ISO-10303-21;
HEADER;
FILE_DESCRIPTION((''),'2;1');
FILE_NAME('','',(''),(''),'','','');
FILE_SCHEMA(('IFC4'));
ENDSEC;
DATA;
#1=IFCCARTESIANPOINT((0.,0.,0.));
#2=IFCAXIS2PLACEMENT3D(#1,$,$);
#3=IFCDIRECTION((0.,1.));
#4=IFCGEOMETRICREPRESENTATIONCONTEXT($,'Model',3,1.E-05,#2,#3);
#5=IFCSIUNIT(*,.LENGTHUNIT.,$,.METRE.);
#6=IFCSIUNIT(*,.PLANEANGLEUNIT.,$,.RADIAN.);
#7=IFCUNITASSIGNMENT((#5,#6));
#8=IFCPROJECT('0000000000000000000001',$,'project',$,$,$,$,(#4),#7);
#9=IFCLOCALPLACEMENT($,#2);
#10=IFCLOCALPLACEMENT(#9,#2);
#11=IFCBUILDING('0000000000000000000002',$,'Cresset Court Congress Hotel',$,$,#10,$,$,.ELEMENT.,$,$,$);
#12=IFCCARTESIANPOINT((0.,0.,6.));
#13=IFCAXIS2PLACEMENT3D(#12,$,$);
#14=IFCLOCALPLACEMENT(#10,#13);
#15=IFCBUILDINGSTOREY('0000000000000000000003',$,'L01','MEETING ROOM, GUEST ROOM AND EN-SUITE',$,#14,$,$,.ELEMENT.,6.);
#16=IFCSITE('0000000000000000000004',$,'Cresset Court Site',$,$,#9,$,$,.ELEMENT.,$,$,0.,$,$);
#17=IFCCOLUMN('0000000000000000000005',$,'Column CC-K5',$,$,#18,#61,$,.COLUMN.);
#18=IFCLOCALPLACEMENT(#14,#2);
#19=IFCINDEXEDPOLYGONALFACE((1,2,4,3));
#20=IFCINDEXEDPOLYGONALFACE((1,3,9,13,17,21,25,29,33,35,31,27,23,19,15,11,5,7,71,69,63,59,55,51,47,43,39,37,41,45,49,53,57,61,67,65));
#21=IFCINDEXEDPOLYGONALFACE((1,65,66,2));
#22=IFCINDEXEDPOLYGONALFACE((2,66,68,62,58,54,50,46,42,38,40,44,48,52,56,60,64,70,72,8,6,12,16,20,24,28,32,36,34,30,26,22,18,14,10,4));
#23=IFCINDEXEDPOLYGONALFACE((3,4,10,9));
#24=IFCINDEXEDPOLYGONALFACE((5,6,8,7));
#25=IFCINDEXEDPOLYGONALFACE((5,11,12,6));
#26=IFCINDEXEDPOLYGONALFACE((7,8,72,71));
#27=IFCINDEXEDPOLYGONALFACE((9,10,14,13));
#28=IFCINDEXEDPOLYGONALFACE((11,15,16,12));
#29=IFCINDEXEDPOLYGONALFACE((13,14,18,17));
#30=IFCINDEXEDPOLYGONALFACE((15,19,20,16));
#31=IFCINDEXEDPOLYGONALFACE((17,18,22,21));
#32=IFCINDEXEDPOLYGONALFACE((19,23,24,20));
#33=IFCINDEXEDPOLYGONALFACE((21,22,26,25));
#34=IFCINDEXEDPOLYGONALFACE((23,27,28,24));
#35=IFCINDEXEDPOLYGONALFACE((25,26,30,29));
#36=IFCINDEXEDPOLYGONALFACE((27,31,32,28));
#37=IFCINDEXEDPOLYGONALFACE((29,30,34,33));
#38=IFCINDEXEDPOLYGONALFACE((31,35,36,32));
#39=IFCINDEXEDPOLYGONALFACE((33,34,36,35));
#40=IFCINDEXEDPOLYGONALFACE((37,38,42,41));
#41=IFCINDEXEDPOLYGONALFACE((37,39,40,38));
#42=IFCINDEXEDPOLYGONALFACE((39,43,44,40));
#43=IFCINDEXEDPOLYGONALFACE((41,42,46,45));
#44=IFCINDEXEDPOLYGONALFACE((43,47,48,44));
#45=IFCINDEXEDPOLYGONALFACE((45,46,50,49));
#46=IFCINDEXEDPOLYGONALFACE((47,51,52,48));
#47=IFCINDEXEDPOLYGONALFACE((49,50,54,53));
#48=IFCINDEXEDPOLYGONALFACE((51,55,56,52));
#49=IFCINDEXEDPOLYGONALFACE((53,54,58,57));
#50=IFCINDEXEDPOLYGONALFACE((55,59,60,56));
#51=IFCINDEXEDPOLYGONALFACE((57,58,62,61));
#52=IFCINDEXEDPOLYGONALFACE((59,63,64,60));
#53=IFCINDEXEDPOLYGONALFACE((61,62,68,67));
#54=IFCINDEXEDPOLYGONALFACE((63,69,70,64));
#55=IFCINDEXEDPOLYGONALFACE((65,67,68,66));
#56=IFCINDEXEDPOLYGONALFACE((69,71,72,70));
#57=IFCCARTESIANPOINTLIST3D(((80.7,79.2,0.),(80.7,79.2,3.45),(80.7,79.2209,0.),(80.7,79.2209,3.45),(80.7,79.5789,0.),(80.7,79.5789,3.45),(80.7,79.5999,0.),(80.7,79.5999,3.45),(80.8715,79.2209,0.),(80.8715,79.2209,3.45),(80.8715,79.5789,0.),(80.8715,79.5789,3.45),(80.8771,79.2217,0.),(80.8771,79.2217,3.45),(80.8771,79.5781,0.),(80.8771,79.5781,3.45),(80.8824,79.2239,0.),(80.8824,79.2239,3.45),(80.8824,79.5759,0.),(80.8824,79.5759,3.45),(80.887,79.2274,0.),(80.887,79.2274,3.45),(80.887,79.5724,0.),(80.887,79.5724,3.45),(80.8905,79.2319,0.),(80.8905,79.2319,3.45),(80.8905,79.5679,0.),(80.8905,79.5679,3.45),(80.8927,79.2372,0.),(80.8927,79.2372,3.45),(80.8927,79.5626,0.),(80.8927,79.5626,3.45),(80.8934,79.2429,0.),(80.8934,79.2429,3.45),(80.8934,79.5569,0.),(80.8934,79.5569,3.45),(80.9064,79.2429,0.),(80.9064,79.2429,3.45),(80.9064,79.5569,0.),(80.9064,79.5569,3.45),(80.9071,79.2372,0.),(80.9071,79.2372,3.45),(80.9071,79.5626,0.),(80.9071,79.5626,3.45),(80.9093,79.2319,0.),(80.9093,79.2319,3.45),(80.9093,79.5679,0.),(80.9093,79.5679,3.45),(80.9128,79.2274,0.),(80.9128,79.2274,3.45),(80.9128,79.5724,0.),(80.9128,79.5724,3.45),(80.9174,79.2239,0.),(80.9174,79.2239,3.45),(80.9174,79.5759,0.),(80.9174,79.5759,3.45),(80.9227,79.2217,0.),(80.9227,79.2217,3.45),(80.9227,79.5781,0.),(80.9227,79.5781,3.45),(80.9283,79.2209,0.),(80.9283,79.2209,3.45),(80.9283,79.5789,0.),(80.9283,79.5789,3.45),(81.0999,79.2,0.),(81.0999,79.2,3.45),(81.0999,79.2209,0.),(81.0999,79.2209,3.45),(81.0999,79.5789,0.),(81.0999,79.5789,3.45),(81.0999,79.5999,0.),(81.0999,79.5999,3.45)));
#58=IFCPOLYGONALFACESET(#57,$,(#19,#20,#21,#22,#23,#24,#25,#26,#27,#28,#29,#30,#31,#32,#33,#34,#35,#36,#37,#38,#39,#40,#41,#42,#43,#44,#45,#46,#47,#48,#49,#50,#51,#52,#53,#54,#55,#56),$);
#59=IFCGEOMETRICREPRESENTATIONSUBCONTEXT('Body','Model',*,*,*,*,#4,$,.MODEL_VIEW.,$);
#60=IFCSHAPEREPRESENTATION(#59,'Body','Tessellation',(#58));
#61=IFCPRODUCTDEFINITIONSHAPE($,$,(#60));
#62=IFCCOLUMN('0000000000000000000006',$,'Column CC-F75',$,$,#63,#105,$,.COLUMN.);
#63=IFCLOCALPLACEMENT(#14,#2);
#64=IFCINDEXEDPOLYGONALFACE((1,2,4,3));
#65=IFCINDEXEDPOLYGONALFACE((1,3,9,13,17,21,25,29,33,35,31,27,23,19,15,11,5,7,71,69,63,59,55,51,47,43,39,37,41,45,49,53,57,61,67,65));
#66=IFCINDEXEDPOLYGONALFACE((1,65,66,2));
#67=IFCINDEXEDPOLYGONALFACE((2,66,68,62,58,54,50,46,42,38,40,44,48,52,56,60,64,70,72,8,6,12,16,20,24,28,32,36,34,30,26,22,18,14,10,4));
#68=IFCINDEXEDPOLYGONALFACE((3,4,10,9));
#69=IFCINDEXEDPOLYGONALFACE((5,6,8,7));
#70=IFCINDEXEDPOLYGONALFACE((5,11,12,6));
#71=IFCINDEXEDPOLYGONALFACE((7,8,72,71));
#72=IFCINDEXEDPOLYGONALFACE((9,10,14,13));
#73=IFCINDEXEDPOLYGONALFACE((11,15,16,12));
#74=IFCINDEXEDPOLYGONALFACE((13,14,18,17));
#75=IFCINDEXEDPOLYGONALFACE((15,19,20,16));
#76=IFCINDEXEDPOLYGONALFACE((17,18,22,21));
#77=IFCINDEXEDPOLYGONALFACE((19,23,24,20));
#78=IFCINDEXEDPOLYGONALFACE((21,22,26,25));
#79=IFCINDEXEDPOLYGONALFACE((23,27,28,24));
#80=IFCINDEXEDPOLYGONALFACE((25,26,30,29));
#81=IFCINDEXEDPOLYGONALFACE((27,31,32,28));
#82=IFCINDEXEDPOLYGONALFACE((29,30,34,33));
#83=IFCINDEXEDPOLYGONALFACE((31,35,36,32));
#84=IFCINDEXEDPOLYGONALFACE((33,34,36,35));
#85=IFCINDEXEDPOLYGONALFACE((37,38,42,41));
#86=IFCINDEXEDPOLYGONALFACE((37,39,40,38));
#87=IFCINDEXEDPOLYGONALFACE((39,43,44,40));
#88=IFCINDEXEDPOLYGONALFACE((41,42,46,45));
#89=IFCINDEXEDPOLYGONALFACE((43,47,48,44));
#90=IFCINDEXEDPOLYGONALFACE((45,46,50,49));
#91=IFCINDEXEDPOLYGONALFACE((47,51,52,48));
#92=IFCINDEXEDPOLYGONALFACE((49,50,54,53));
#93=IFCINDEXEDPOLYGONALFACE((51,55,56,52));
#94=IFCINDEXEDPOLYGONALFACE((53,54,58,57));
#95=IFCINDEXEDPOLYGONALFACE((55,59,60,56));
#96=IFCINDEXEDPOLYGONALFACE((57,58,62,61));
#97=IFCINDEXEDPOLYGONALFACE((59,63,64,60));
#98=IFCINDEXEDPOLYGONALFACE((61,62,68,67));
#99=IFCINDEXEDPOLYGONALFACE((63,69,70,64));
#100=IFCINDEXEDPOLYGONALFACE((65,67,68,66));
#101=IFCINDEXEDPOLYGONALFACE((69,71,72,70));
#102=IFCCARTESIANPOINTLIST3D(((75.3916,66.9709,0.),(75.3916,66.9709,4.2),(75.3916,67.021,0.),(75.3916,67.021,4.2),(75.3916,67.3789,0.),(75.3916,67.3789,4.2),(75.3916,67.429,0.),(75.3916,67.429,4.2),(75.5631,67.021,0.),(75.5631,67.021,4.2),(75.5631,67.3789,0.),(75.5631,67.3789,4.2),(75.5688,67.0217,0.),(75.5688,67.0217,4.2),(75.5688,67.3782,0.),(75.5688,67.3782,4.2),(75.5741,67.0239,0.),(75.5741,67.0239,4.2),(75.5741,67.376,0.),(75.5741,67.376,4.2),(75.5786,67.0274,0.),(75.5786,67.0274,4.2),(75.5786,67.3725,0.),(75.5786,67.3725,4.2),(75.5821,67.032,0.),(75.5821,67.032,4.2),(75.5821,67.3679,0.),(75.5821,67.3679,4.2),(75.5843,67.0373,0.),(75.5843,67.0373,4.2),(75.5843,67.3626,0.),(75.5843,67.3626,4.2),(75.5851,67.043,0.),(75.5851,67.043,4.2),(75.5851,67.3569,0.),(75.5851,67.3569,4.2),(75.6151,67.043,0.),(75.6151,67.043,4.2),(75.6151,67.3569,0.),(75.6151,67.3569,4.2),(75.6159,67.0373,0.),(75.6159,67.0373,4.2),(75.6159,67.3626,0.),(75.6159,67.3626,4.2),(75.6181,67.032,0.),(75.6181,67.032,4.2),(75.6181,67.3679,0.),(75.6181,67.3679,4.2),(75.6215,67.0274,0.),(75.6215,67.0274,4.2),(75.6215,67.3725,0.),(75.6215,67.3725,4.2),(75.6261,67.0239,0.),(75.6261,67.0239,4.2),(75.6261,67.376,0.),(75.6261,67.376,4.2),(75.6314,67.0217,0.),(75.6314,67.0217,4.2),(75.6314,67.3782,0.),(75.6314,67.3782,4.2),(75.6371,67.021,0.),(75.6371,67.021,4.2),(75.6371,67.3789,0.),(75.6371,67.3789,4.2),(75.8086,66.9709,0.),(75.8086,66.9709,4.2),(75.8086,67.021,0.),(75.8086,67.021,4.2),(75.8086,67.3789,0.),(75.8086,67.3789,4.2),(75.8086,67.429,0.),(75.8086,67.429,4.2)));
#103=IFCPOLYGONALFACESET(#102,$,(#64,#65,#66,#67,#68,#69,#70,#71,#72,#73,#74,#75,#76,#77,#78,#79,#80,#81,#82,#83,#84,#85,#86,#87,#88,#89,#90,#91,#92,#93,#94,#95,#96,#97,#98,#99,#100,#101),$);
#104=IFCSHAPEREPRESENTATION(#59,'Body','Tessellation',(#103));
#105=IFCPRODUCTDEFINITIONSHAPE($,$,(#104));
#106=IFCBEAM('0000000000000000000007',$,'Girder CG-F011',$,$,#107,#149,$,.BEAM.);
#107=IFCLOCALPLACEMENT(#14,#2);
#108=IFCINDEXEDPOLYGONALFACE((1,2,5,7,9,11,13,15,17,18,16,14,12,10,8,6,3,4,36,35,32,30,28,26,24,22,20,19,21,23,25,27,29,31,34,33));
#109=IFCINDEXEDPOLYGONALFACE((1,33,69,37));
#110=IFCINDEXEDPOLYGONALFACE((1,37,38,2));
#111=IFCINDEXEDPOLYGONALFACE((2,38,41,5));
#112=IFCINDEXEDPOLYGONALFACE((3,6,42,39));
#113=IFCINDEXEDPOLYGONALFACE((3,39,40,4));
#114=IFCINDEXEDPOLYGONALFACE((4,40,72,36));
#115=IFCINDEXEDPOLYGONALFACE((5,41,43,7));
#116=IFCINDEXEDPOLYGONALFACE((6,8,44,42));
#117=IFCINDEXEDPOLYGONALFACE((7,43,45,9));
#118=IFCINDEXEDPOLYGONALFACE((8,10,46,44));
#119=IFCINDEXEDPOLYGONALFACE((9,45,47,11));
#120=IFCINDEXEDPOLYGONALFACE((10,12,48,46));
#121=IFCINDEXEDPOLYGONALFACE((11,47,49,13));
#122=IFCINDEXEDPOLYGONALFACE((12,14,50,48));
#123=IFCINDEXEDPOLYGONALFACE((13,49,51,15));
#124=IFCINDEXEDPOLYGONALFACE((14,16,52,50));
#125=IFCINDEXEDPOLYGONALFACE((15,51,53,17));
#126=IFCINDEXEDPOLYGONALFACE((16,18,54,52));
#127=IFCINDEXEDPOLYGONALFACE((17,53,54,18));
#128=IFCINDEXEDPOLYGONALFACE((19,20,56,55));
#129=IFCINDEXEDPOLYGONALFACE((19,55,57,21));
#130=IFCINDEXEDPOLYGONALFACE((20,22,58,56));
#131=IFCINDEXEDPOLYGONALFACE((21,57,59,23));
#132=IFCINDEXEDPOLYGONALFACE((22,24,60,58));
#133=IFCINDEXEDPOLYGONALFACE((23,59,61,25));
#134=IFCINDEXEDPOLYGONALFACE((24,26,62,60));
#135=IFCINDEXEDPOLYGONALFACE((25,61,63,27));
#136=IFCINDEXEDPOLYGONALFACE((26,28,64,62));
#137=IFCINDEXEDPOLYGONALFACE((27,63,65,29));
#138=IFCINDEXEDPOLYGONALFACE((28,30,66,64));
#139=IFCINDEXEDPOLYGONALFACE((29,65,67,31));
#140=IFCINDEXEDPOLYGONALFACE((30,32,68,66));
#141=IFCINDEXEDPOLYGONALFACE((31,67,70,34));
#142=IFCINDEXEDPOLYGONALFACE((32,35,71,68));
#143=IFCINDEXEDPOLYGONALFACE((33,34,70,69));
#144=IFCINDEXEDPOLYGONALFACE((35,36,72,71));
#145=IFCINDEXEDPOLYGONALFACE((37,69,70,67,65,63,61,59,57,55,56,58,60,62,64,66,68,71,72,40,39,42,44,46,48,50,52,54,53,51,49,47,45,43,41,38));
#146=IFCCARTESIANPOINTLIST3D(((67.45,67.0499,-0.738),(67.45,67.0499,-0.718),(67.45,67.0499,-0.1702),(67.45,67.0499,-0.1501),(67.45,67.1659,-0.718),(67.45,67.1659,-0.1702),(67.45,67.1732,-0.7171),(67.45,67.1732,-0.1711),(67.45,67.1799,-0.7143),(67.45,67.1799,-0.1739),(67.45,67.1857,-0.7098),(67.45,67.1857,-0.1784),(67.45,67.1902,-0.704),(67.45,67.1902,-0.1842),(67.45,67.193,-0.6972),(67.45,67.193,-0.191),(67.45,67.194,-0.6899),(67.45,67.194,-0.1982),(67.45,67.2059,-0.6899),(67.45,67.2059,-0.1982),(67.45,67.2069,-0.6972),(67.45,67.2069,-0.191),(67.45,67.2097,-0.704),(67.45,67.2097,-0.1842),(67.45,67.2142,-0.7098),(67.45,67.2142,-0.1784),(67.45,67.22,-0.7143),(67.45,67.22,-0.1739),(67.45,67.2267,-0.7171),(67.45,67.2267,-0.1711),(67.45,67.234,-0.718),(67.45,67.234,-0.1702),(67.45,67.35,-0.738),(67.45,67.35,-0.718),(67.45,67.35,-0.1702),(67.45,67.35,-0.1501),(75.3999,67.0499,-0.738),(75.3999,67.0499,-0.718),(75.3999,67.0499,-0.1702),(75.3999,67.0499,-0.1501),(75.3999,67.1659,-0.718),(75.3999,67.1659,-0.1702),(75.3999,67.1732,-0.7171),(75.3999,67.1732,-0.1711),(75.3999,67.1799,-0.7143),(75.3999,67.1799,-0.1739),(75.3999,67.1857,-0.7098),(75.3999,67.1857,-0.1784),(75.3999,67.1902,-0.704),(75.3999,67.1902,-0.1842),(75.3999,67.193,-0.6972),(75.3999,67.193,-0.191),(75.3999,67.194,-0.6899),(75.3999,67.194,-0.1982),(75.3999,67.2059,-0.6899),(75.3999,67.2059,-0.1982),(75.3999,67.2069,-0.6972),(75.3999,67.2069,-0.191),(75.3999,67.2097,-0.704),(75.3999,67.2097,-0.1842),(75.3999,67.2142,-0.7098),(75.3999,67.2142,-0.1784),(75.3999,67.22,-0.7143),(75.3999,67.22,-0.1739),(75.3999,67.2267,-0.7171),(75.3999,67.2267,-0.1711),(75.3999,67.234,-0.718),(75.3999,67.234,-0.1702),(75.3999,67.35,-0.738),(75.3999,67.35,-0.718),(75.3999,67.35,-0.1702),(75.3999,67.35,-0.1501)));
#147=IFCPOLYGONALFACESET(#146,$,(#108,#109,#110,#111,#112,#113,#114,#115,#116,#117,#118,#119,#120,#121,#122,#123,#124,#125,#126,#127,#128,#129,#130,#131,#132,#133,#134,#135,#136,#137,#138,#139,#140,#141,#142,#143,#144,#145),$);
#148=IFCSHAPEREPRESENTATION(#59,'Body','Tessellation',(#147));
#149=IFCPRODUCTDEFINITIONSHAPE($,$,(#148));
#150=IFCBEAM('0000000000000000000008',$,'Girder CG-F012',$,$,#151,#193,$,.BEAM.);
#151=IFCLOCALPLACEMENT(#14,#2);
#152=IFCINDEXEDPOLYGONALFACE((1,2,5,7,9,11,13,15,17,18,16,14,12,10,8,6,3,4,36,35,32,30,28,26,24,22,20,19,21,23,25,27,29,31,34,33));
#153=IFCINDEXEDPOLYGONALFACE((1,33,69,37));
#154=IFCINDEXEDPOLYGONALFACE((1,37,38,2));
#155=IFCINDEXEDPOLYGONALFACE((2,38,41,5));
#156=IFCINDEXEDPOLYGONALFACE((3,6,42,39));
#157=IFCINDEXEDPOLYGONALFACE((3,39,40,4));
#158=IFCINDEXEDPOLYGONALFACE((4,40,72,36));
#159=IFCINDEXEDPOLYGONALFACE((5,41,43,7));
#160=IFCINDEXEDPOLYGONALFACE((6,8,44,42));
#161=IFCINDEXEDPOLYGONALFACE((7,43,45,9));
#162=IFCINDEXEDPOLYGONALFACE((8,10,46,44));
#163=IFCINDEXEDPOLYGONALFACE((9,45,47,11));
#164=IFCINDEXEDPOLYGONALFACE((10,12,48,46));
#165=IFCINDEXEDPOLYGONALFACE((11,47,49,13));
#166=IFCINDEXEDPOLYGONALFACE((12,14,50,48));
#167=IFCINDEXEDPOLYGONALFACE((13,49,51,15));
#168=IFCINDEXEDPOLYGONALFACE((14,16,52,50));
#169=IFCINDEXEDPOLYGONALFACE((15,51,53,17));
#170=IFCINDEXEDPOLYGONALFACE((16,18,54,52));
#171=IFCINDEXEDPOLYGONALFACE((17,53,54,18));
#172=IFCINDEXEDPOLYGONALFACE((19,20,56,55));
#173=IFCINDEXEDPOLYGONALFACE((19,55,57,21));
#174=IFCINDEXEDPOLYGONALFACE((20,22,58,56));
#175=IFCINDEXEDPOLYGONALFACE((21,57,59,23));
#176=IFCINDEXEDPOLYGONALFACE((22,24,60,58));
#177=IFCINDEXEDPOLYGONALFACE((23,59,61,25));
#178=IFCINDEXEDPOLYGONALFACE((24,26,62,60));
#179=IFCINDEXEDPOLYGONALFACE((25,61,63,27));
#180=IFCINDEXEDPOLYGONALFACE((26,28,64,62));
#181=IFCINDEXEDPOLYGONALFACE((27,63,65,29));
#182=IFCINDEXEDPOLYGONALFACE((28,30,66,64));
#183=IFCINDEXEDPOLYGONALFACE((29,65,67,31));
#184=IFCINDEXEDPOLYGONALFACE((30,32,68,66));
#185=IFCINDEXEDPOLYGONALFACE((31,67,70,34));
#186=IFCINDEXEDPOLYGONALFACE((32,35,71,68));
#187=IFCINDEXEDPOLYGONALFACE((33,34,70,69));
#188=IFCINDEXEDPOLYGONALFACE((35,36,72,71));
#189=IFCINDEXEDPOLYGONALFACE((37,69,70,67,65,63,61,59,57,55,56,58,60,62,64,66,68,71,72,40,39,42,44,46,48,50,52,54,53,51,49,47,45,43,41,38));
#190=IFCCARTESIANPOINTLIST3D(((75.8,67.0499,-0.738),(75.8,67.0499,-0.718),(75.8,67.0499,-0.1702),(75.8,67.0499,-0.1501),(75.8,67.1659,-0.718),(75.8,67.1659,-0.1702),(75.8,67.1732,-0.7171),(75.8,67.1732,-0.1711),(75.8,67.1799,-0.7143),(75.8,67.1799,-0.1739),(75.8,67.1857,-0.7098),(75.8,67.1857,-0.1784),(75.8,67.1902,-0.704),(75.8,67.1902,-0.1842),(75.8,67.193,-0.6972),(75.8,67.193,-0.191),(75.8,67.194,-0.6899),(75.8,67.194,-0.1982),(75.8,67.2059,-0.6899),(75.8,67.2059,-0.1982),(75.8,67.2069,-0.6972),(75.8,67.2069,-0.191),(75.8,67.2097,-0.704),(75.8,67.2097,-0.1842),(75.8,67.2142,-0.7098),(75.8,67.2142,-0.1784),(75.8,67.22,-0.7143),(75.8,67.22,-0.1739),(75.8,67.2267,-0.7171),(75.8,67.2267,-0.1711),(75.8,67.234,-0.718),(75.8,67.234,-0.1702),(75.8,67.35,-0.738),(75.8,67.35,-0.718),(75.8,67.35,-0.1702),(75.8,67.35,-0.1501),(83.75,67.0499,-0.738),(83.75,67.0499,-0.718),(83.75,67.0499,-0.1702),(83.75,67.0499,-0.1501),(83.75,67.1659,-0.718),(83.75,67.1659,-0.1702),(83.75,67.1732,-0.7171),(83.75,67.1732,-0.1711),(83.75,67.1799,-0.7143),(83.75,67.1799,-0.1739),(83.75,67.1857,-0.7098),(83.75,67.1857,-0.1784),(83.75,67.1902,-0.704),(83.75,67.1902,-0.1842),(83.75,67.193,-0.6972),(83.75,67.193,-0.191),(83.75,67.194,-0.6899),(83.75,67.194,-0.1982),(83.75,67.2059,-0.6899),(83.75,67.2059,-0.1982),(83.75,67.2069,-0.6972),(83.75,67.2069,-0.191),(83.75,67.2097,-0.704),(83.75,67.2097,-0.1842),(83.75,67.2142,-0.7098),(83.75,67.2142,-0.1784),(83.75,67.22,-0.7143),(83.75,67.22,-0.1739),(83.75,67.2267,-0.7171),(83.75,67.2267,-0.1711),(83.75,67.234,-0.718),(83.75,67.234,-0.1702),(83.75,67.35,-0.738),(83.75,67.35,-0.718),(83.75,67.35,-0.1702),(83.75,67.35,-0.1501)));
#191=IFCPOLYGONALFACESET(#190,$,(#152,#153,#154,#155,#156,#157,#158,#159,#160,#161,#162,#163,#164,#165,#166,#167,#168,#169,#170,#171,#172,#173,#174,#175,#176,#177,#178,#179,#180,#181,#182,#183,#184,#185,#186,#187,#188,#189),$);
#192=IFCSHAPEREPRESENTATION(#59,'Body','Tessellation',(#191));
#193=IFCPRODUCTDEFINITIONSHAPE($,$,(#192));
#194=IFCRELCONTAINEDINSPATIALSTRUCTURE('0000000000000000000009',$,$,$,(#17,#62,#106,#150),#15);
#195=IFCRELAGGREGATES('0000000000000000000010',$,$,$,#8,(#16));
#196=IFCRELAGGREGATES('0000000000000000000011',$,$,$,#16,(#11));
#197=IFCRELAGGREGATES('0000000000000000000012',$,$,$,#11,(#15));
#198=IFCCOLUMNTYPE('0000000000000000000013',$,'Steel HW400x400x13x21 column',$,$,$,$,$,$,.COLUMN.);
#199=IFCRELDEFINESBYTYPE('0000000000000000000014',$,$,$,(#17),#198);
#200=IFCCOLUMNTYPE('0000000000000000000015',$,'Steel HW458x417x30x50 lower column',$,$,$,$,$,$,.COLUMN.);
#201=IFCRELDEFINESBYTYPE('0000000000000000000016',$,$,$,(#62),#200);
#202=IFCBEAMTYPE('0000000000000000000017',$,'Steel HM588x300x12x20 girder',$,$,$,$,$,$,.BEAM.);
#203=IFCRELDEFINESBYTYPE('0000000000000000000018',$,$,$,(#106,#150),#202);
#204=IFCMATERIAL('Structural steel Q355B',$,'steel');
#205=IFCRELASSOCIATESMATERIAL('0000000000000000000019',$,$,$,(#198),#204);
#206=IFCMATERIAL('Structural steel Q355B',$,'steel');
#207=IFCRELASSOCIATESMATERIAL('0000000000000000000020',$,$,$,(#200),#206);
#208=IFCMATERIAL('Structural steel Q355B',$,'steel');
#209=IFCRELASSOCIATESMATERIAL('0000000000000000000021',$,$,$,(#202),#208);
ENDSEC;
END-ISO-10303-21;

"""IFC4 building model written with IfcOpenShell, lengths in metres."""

from ifc_helpers import new_model, si_unit, direction, frame, origin, origin_2d, place, context, subcontext, project, spatial, i_section, extrude, material, material_profile, profile_set, type_object, element, save


model = new_model("IFC4")

# Units and contexts
model_context = context("Model", 3, precision=1e-05, world=origin(), true_north=direction((0.0, 1.0)))
body_context = subcontext(model_context, "Body", "Model", "MODEL_VIEW")
ifc_project = project(units=[si_unit("LENGTHUNIT", "METRE"), si_unit("PLANEANGLEUNIT", "RADIAN")], contexts=[model_context])

# Site, building, storey
site_placement = place(None, origin())
site = spatial("IfcSite", under=ifc_project, at=site_placement, Name="Cresset Court Site", CompositionType="ELEMENT", RefElevation=0.0)
building_placement = place(site_placement, origin())
building = spatial("IfcBuilding", under=site, at=building_placement, Name="Cresset Court Congress Hotel", CompositionType="ELEMENT")
storey_placement = place(building_placement, frame((0.0, 0.0, 6.0)))
storey = spatial("IfcBuildingStorey", under=building, at=storey_placement, Name="L01", Description="MEETING ROOM, GUEST ROOM AND EN-SUITE", CompositionType="ELEMENT", Elevation=6.0)

# Columns
ifc_material_1 = material(Name="Structural steel Q355B", Category="steel")
ifc_material_profile_1 = material_profile(ifc_material_1, i_section(OverallWidth=0.3999, OverallDepth=0.3999, WebThickness=0.0129, FlangeThickness=0.021, FilletRadius=0.022, at=origin_2d()), Name="HW400x400x13x21")
ifc_profile_set_1 = profile_set([ifc_material_profile_1], Name="Structural steel Q355B")
column_type_1 = type_object("IfcColumnType", Name="Steel HW400x400x13x21 column", PredefinedType="COLUMN", material=ifc_profile_set_1)
for number, where, z_axis, x_axis, name in (
    (1, (80.8999, 79.3999, 0.0), (0.0, 0.0, 1.0), (1.0, 0.0, 0.0), "Column CC-K5"),
):
    element("IfcColumn", number, at=place(storey_placement, frame(where, z_axis=z_axis, x_axis=x_axis)), inside=storey, type_object=column_type_1, Name=name, PredefinedType="COLUMN", context=body_context, shape_type="SweptSolid", body=[
        extrude(i_section(OverallWidth=0.3999, OverallDepth=0.3999, WebThickness=0.0129, FlangeThickness=0.021, FilletRadius=0.022, at=origin_2d()), origin(), (0.0, 0.0, 1.0), 3.45),
    ])
ifc_material_2 = material(Name="Structural steel Q355B", Category="steel")
ifc_material_profile_2 = material_profile(ifc_material_2, i_section(OverallWidth=0.417, OverallDepth=0.458, WebThickness=0.03, FlangeThickness=0.05, FilletRadius=0.022, at=origin_2d()), Name="HW458x417x30x50")
ifc_profile_set_2 = profile_set([ifc_material_profile_2], Name="Structural steel Q355B")
column_type_2 = type_object("IfcColumnType", Name="Steel HW458x417x30x50 lower column", PredefinedType="COLUMN", material=ifc_profile_set_2)
column_placement = place(storey_placement, frame((75.6001, 67.2, 0.0), z_axis=(0.0, 0.0, 1.0), x_axis=(1.0, 0.0, 0.0)))
element("IfcColumn", 2, at=column_placement, inside=storey, type_object=column_type_2, Name="Column CC-F75", PredefinedType="COLUMN", context=body_context, shape_type="SweptSolid", body=[
    extrude(i_section(OverallWidth=0.417, OverallDepth=0.458, WebThickness=0.03, FlangeThickness=0.05, FilletRadius=0.022, at=origin_2d()), origin(), (0.0, 0.0, 1.0), 4.2),
])

# Beams
ifc_material_3 = material(Name="Structural steel Q355B", Category="steel")
ifc_material_profile_3 = material_profile(ifc_material_3, i_section(OverallWidth=0.3, OverallDepth=0.5879, WebThickness=0.012, FlangeThickness=0.02, FilletRadius=0.0281, at=origin_2d()), Name="HM588x300x12x20")
ifc_profile_set_3 = profile_set([ifc_material_profile_3], Name="Structural steel Q355B")
beam_type_1 = type_object("IfcBeamType", Name="Steel HM588x300x12x20 girder", PredefinedType="BEAM", material=ifc_profile_set_3)
for number, where, z_axis, x_axis, name in (
    (3, (67.45, 67.2, -0.4441), (1.0, 0.0, 0.0), (0.0, 1.0, 0.0), "Girder CG-F011"),
    (4, (75.8, 67.2, -0.4441), (1.0, 0.0, 0.0), (0.0, 1.0, 0.0), "Girder CG-F012"),
):
    element("IfcBeam", number, at=place(storey_placement, frame(where, z_axis=z_axis, x_axis=x_axis)), inside=storey, type_object=beam_type_1, Name=name, PredefinedType="BEAM", context=body_context, shape_type="SweptSolid", body=[
        extrude(i_section(OverallWidth=0.3, OverallDepth=0.5879, WebThickness=0.012, FlangeThickness=0.02, FilletRadius=0.0281, at=origin_2d()), origin(), (0.0, 0.0, 1.0), 7.95),
    ])

save(model, "model.ifc")
